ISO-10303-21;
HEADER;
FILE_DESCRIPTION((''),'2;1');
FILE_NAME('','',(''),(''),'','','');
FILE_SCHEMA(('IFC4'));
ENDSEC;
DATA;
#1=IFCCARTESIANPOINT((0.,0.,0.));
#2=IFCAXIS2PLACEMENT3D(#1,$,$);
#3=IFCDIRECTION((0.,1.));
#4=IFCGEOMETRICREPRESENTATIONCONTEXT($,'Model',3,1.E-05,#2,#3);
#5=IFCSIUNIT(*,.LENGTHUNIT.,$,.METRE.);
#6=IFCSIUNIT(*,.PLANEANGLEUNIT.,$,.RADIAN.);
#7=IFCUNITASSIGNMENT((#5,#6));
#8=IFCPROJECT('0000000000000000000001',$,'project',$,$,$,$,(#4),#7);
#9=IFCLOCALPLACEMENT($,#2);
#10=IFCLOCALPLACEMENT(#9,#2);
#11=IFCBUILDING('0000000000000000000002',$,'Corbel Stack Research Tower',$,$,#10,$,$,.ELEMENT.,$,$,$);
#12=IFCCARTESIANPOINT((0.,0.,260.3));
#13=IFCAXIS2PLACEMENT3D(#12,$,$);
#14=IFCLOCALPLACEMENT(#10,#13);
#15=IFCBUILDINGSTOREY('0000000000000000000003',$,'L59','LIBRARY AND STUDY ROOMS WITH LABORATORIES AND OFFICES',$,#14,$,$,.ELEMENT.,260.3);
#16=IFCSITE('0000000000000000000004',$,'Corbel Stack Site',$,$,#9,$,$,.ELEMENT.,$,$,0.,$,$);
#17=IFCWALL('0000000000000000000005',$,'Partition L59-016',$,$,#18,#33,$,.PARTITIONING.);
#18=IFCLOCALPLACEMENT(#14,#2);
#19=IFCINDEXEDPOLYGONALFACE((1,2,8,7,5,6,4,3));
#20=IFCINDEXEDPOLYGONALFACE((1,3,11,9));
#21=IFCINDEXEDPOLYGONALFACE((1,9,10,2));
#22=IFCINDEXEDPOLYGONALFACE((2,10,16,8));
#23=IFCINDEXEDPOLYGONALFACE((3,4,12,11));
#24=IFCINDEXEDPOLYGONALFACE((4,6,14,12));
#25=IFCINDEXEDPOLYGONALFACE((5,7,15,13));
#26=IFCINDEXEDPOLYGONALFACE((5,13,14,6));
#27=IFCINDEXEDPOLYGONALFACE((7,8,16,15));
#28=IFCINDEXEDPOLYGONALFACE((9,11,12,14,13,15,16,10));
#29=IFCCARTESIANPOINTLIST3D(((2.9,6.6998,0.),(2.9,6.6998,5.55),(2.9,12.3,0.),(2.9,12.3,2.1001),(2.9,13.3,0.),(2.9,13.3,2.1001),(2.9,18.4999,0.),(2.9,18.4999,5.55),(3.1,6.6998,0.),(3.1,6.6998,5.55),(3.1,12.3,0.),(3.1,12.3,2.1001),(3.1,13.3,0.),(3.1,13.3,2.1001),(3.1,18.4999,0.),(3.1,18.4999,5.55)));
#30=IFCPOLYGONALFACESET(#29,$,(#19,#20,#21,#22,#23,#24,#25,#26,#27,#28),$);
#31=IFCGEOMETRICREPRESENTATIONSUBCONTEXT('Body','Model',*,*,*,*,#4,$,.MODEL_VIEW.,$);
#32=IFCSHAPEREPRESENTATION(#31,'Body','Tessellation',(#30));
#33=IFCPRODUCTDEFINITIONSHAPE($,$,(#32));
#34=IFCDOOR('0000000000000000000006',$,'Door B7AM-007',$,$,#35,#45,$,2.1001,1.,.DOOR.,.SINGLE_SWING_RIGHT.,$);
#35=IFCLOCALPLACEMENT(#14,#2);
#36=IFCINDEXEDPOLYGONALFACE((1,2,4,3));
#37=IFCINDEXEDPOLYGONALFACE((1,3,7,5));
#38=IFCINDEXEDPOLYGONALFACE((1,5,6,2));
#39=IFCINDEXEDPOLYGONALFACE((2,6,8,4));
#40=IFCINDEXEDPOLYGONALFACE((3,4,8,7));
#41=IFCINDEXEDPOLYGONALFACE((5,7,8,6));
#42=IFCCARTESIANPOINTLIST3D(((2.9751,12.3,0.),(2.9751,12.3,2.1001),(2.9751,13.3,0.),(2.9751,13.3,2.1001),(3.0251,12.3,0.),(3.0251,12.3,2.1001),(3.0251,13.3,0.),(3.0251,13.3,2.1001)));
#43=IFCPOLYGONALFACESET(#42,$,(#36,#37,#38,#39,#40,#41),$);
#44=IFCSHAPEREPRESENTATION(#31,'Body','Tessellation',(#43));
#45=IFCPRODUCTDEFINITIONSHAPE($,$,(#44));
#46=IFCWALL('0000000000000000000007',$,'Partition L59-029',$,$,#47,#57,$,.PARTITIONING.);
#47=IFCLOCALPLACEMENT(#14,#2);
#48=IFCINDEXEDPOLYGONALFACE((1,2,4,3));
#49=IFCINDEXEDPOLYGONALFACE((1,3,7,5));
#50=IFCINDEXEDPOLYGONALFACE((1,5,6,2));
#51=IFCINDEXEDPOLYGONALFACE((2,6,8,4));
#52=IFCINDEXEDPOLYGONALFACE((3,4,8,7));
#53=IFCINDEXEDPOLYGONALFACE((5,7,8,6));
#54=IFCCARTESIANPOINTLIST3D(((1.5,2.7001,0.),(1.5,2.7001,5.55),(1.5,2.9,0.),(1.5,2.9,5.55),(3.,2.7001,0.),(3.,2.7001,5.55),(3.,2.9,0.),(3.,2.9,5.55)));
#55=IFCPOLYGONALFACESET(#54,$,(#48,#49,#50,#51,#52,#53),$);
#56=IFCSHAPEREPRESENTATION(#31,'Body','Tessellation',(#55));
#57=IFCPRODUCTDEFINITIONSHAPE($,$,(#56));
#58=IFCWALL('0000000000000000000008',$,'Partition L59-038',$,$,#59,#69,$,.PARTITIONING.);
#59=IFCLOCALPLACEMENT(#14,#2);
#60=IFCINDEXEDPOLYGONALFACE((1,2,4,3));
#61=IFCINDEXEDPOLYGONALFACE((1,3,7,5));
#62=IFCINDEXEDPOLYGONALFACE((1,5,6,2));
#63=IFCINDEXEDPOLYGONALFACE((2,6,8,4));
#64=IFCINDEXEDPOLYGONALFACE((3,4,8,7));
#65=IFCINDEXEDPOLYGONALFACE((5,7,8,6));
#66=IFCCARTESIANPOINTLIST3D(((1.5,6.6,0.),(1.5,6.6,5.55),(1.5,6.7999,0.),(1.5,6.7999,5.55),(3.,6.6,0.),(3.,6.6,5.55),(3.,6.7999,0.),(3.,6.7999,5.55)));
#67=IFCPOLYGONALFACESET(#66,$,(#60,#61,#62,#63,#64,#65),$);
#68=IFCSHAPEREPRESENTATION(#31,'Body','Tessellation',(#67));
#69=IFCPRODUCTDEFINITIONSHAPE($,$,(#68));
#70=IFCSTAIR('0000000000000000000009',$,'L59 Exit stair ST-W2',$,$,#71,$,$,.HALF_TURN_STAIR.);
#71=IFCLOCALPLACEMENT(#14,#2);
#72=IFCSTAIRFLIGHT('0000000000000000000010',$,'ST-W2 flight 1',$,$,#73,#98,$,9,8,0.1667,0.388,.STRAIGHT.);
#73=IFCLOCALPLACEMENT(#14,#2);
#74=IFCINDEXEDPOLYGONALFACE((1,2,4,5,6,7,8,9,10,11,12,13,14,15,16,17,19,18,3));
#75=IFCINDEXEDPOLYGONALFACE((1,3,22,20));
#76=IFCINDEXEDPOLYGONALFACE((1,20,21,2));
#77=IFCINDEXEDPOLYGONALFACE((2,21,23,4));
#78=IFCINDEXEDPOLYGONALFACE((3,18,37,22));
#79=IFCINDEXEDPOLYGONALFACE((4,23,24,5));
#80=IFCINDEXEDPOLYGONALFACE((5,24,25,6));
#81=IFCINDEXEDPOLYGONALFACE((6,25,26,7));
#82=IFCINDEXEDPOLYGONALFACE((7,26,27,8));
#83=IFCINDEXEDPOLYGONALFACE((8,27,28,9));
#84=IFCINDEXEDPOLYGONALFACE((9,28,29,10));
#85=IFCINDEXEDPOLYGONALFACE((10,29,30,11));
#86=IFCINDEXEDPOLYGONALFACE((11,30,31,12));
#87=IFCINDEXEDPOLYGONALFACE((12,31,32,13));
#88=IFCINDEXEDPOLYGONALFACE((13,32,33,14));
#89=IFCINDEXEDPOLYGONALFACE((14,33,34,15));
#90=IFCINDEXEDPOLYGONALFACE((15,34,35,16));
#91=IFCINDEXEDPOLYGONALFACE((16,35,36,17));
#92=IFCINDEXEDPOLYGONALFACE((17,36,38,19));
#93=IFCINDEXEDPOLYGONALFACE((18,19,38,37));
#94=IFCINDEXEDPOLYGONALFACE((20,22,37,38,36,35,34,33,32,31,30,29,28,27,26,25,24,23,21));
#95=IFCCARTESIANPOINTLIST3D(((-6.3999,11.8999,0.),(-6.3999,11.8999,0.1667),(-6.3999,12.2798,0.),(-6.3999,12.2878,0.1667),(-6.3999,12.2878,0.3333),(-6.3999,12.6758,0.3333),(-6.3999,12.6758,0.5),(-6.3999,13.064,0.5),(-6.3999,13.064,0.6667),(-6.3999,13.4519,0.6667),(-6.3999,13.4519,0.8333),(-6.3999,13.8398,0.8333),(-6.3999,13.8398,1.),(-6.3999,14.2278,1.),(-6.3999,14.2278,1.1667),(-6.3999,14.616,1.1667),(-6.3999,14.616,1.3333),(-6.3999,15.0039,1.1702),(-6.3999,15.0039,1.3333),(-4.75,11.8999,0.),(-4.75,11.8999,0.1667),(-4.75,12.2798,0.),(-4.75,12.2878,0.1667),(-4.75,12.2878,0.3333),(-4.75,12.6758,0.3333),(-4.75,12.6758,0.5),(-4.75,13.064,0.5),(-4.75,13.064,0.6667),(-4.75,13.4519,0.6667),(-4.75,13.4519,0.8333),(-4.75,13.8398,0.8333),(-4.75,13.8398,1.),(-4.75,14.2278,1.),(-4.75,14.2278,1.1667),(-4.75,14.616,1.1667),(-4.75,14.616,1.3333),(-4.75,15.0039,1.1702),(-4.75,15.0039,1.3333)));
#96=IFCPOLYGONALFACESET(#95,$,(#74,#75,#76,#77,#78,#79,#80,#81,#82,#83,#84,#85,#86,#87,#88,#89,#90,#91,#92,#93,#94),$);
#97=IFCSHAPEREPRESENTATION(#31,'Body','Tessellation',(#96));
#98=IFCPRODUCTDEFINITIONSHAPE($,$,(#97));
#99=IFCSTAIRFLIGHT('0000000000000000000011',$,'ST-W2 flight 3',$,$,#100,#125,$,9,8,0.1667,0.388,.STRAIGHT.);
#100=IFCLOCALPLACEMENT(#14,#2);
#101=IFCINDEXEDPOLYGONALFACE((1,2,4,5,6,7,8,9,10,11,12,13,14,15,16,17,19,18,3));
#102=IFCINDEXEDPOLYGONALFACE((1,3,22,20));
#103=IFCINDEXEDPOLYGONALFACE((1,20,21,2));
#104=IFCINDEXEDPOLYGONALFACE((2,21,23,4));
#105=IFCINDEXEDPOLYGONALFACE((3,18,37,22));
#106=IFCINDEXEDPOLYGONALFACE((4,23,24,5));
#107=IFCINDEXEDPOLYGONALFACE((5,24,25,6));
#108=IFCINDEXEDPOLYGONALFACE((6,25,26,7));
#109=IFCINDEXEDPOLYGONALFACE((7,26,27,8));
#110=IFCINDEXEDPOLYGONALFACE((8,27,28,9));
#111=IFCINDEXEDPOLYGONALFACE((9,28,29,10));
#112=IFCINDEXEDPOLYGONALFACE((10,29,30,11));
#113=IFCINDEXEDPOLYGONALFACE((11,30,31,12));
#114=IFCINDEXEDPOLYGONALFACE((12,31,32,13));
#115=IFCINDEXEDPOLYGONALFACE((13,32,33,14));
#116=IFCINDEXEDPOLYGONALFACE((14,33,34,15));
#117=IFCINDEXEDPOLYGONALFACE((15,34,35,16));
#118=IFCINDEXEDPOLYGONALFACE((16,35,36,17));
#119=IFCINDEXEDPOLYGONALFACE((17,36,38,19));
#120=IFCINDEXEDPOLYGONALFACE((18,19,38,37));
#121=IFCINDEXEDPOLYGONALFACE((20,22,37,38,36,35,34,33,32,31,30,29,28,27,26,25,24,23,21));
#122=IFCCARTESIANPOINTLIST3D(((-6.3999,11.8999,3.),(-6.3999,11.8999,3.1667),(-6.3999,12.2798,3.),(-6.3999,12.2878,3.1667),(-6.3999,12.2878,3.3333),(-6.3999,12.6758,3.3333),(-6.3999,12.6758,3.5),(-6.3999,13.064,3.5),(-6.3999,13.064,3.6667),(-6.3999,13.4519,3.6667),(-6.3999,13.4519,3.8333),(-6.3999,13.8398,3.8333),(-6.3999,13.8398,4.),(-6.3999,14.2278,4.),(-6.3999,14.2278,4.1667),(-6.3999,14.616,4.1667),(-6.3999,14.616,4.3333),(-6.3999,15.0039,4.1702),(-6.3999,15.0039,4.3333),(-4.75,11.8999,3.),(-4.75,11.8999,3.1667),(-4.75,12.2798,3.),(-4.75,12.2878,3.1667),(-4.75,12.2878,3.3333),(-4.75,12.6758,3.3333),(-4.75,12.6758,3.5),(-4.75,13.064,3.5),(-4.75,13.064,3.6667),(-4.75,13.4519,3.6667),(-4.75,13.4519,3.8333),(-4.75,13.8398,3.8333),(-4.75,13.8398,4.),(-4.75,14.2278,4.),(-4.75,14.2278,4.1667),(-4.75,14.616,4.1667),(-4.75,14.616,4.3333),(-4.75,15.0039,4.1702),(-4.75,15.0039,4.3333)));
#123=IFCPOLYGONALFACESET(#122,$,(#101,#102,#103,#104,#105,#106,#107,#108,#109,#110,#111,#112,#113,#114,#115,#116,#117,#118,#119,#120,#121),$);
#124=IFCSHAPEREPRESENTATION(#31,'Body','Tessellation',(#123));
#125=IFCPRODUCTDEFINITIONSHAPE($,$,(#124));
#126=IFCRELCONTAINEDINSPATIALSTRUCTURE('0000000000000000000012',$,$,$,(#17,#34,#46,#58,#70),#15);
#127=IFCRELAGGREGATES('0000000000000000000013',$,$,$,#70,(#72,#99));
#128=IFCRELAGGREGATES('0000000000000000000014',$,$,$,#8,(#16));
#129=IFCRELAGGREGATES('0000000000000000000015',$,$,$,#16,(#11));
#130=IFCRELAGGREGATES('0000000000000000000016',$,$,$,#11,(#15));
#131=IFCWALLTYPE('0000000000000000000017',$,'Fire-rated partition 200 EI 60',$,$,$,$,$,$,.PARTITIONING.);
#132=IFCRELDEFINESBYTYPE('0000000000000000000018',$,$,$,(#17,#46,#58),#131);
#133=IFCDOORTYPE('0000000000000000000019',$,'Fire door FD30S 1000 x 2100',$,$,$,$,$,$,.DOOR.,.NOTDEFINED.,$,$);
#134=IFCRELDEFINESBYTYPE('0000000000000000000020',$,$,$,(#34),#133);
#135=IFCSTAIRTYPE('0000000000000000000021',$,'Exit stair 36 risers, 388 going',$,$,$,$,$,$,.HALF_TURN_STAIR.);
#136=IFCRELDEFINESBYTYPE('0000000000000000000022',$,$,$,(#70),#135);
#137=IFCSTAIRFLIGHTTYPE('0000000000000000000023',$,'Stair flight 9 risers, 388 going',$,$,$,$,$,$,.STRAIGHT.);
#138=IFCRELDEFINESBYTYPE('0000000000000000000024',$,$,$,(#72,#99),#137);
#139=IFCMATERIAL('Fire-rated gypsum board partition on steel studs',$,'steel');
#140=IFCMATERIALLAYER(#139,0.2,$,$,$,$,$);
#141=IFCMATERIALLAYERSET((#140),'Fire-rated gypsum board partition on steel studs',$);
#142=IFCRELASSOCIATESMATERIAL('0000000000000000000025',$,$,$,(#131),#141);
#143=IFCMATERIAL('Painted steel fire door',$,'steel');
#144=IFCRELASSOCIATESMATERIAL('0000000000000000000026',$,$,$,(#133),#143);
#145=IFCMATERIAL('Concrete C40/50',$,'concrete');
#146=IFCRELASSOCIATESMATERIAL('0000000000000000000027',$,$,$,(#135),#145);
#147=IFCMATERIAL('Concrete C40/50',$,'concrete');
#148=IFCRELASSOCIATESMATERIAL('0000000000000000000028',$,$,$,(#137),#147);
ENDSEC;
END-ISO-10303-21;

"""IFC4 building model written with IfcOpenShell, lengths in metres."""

from ifc_helpers import new_model, si_unit, direction, frame, frame_2d, origin, place, context, subcontext, project, spatial, polyline, rectangle, outline, extrude, material, layer, layer_set, type_object, element, fill, aggregate, save


model = new_model("IFC4")

# Units and contexts
model_context = context("Model", 3, precision=1e-05, world=origin(), true_north=direction((0.0, 1.0)))
body_context = subcontext(model_context, "Body", "Model", "MODEL_VIEW")
ifc_project = project(units=[si_unit("LENGTHUNIT", "METRE"), si_unit("PLANEANGLEUNIT", "RADIAN")], contexts=[model_context])

# Site, building, storey
site_placement = place(None, origin())
site = spatial("IfcSite", under=ifc_project, at=site_placement, Name="Corbel Stack Site", CompositionType="ELEMENT", RefElevation=0.0)
building_placement = place(site_placement, origin())
building = spatial("IfcBuilding", under=site, at=building_placement, Name="Corbel Stack Research Tower", CompositionType="ELEMENT")
storey_placement = place(building_placement, frame((0.0, 0.0, 260.3)))
storey = spatial("IfcBuildingStorey", under=building, at=storey_placement, Name="L59", Description="LIBRARY AND STUDY ROOMS WITH LABORATORIES AND OFFICES", CompositionType="ELEMENT", Elevation=260.3)

# Wall, opening, door
ifc_material_1 = material(Name="Fire-rated gypsum board partition on steel studs", Category="steel")
ifc_layer_1 = layer(ifc_material_1, 0.2)
ifc_layer_set_1 = layer_set([ifc_layer_1], Name="Fire-rated gypsum board partition on steel studs")
wall_type_1 = type_object("IfcWallType", Name="Fire-rated partition 200 EI 60", PredefinedType="PARTITIONING", material=ifc_layer_set_1)
wall_1_placement = place(storey_placement, frame((3.0, 6.7, 0.0), z_axis=(0.0, 0.0, 1.0), x_axis=(0.0, 1.0, 0.0)))
wall_1 = element("IfcWall", 1, at=wall_1_placement, inside=storey, type_object=wall_type_1, Name="Partition L59-016", PredefinedType="PARTITIONING", context=body_context, shape_type="SweptSolid", body=[
    extrude(rectangle(XDim=11.8, YDim=0.2, at=frame_2d((5.8999, 0.0))), origin(), (0.0, 0.0, 1.0), 5.55),
])
opening_1_placement = place(wall_1_placement, frame((5.6001, 0.0, 0.0)))
opening_1 = element("IfcOpeningElement", 2, at=opening_1_placement, cuts=wall_1, PredefinedType="OPENING", context=body_context, shape_type="SweptSolid", body=[
    extrude(rectangle(XDim=1.0, YDim=2.1001, at=frame_2d((0.5, 1.05))), frame((0.0, 0.1099, 0.0), z_axis=(0.0, -1.0, 0.0), x_axis=(1.0, 0.0, 0.0)), (0.0, 0.0, 1.0), 0.22),
])
ifc_material_2 = material(Name="Painted steel fire door", Category="steel")
door_type_1 = type_object("IfcDoorType", Name="Fire door FD30S 1000 x 2100", OperationType="NOTDEFINED", PredefinedType="DOOR", material=ifc_material_2)
door_1_placement = place(opening_1_placement, origin())
door_1 = element("IfcDoor", 3, at=door_1_placement, inside=storey, type_object=door_type_1, Name="Door B7AM-007", OperationType="SINGLE_SWING_RIGHT", OverallHeight=2.1001, OverallWidth=1.0, PredefinedType="DOOR", context=body_context, shape_type="SweptSolid", body=[
    extrude(rectangle(XDim=1.0, YDim=2.1001, at=frame_2d((0.5, 1.05))), frame((0.0, 0.0249, 0.0), z_axis=(0.0, -1.0, 0.0), x_axis=(1.0, 0.0, 0.0)), (0.0, 0.0, 1.0), 0.05),
])
fill(opening_1, door_1)

# Walls
for number, where, z_axis, x_axis, name in (
    (4, (1.5, 2.8, 0.0), (0.0, 0.0, 1.0), (1.0, 0.0, 0.0), "Partition L59-029"),
    (5, (1.5, 6.7, 0.0), (0.0, 0.0, 1.0), (1.0, 0.0, 0.0), "Partition L59-038"),
):
    element("IfcWall", number, at=place(storey_placement, frame(where, z_axis=z_axis, x_axis=x_axis)), inside=storey, type_object=wall_type_1, Name=name, PredefinedType="PARTITIONING", context=body_context, shape_type="SweptSolid", body=[
        extrude(rectangle(XDim=1.5, YDim=0.2, at=frame_2d((0.75, 0.0))), origin(), (0.0, 0.0, 1.0), 5.55),
    ])

# Stair, stair flights
ifc_material_3 = material(Name="Concrete C40/50", Category="concrete")
stair_type = type_object("IfcStairType", Name="Exit stair 36 risers, 388 going", PredefinedType="HALF_TURN_STAIR", material=ifc_material_3)
stair_placement = place(storey_placement, origin())
stair = element("IfcStair", 6, at=stair_placement, inside=storey, type_object=stair_type, Name="L59 Exit stair ST-W2", PredefinedType="HALF_TURN_STAIR")
ifc_material_4 = material(Name="Concrete C40/50", Category="concrete")
stair_flight_type = type_object("IfcStairFlightType", Name="Stair flight 9 risers, 388 going", PredefinedType="STRAIGHT", material=ifc_material_4)
stair_flight_1_placement = place(storey_placement, frame((-5.575, 11.8999, 0.0), z_axis=(0.0, 0.0, 1.0), x_axis=(0.0, 1.0, 0.0)))
stair_flight_1 = element("IfcStairFlight", 7, at=stair_flight_1_placement, type_object=stair_flight_type, Name="ST-W2 flight 1", NumberOfRisers=9, NumberOfTreads=8, PredefinedType="STRAIGHT", RiserHeight=0.1667, TreadLength=0.388, context=body_context, shape_type="SweptSolid", body=[
    extrude(outline(polyline([(0.0, 0.0), (0.0, 0.1667), (0.3879, 0.1667), (0.3879, 0.3333), (0.7759, 0.3333), (0.7759, 0.5), (1.1641, 0.5), (1.1641, 0.6667), (1.552, 0.6667), (1.552, 0.8333), (1.9399, 0.8333), (1.9399, 1.0), (2.3279, 1.0), (2.3279, 1.1667), (2.7161, 1.1667), (2.7161, 1.3333), (3.104, 1.3333), (3.104, 1.5), (3.104, 1.1702), (0.3799, 0.0), (0.0, 0.0)])), frame((0.0, 0.825, 0.0), z_axis=(0.0, -1.0, 0.0), x_axis=(1.0, 0.0, 0.0)), (0.0, 0.0, 1.0), 1.6499),
])
stair_flight_2_placement = place(storey_placement, frame((-5.575, 11.8999, 3.0), z_axis=(0.0, 0.0, 1.0), x_axis=(0.0, 1.0, 0.0)))
stair_flight_2 = element("IfcStairFlight", 8, at=stair_flight_2_placement, type_object=stair_flight_type, Name="ST-W2 flight 3", NumberOfRisers=9, NumberOfTreads=8, PredefinedType="STRAIGHT", RiserHeight=0.1667, TreadLength=0.388, context=body_context, shape_type="SweptSolid", body=[
    extrude(outline(polyline([(0.0, 0.0), (0.0, 0.1667), (0.3879, 0.1667), (0.3879, 0.3333), (0.7759, 0.3333), (0.7759, 0.5), (1.1641, 0.5), (1.1641, 0.6667), (1.552, 0.6667), (1.552, 0.8333), (1.9399, 0.8333), (1.9399, 1.0), (2.3279, 1.0), (2.3279, 1.1667), (2.7161, 1.1667), (2.7161, 1.3333), (3.104, 1.3333), (3.104, 1.5), (3.104, 1.1702), (0.3799, 0.0), (0.0, 0.0)])), frame((0.0, 0.825, 0.0), z_axis=(0.0, -1.0, 0.0), x_axis=(1.0, 0.0, 0.0)), (0.0, 0.0, 1.0), 1.6499),
])
aggregate(stair, [stair_flight_1, stair_flight_2])

save(model, "model.ifc")
